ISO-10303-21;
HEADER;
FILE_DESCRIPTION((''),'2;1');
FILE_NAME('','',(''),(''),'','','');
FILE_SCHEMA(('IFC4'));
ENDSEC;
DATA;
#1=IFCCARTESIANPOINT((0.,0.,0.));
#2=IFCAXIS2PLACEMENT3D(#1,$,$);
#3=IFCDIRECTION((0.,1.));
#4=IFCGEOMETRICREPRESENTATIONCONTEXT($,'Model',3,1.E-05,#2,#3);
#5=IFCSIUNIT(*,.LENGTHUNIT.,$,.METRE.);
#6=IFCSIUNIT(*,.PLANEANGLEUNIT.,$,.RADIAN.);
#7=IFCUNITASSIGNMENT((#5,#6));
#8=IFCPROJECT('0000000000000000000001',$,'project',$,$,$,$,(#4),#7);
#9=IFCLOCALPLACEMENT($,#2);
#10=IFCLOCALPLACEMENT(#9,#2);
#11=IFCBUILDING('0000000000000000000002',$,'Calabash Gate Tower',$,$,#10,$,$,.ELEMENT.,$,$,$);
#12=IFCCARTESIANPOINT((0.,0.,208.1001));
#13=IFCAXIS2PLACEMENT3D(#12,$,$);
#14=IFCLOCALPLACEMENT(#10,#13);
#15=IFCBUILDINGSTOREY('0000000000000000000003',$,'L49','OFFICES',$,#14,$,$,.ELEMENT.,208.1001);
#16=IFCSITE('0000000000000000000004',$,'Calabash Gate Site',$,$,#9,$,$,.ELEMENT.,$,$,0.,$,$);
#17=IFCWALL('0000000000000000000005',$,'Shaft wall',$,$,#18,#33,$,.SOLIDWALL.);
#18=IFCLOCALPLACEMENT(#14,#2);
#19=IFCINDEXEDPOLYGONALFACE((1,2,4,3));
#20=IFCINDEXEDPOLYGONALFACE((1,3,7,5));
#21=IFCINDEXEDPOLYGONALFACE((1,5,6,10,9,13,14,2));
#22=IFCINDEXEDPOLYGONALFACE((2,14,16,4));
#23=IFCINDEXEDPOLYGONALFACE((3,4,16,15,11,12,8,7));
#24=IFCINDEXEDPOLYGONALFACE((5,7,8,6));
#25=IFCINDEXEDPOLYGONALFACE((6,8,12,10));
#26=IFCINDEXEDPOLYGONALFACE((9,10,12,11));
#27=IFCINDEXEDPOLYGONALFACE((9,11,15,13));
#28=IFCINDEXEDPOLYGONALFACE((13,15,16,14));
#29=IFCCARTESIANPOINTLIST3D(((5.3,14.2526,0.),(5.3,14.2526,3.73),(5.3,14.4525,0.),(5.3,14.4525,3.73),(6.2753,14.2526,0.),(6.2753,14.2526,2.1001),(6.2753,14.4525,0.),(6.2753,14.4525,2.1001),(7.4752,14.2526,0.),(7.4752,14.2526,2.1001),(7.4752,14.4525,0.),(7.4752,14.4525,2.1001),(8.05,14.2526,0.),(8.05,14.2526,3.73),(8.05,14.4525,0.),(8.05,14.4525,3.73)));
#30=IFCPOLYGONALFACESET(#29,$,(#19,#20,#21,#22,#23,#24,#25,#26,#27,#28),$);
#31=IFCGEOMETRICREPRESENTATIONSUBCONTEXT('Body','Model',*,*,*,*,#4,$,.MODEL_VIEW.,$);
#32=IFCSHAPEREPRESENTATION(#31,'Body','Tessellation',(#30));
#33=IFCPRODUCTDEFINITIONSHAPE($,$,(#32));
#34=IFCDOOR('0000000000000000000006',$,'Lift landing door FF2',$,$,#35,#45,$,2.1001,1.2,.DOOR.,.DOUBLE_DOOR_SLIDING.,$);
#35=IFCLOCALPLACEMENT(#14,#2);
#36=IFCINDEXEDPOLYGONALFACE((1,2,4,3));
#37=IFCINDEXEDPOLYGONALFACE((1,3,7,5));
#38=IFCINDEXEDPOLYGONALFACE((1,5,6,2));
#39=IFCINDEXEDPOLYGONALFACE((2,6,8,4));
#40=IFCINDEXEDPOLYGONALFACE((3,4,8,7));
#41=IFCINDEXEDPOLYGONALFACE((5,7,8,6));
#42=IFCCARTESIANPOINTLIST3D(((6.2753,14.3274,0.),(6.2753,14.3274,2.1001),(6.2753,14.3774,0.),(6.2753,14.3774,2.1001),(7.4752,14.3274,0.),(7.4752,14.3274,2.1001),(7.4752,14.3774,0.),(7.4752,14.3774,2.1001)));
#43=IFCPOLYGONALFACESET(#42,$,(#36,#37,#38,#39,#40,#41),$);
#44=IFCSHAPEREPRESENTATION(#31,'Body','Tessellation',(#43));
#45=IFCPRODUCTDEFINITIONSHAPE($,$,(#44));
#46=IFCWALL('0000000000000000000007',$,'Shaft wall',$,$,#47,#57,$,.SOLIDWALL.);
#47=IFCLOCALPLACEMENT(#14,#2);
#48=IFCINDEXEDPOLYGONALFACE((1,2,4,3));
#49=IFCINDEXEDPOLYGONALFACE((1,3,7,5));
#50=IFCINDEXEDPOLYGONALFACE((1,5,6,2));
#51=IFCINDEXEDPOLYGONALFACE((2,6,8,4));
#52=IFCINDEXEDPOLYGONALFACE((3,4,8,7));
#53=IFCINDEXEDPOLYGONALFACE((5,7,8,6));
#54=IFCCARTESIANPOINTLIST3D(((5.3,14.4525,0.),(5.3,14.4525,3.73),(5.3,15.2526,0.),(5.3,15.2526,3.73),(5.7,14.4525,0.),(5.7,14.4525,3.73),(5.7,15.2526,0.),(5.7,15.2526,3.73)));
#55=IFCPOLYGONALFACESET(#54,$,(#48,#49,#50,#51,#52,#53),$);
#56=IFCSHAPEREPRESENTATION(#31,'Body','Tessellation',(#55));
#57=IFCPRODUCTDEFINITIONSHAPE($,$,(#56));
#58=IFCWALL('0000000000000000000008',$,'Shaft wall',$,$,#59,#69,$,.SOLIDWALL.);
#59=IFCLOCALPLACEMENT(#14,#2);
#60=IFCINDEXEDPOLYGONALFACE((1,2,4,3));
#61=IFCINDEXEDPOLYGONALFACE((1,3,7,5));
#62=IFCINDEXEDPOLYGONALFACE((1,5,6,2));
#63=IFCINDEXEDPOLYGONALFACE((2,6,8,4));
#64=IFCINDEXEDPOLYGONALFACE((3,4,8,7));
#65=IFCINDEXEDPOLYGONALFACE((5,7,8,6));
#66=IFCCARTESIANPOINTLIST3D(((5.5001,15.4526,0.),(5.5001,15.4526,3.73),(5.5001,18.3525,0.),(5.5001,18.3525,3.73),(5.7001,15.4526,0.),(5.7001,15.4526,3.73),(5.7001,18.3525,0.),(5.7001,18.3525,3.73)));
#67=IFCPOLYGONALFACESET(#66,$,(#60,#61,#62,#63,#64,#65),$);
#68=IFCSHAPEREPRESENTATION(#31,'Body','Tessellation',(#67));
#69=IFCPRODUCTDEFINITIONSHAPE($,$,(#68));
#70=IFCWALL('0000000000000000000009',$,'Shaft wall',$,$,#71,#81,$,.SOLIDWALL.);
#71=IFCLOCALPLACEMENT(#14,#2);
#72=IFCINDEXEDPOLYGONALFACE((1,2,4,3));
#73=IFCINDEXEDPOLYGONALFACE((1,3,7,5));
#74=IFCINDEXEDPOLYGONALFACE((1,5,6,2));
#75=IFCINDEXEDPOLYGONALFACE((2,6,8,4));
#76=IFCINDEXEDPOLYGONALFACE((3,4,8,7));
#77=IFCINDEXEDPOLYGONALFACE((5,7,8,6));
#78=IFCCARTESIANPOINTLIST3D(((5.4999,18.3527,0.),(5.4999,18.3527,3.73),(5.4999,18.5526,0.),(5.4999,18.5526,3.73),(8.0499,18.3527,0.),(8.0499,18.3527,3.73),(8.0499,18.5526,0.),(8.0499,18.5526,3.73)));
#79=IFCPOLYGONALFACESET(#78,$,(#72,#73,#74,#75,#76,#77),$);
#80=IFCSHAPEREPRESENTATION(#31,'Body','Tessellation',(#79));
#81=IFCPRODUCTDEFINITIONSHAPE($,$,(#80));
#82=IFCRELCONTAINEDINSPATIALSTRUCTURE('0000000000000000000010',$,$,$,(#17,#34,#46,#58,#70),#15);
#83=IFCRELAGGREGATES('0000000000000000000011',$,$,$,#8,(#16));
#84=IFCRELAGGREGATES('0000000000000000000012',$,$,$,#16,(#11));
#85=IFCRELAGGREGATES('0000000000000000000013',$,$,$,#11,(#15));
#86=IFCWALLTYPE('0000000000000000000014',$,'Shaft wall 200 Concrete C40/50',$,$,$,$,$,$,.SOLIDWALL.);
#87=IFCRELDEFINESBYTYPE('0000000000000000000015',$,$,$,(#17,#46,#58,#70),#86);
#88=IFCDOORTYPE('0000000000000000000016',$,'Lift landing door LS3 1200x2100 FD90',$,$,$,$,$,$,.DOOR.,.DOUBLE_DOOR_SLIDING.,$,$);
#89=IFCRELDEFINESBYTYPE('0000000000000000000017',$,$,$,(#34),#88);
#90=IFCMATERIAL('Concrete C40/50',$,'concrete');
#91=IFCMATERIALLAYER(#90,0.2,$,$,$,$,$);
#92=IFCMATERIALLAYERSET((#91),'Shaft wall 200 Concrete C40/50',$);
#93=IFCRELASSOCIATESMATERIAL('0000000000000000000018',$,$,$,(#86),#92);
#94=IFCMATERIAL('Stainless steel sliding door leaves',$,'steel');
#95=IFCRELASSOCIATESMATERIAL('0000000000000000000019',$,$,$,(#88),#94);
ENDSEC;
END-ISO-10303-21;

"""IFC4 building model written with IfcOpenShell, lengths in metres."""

from ifc_helpers import new_model, si_unit, direction, frame, frame_2d, origin, place, context, subcontext, project, spatial, rectangle, extrude, material, layer, layer_set, type_object, element, fill, save


model = new_model("IFC4")

# Units and contexts
model_context = context("Model", 3, precision=1e-05, world=origin(), true_north=direction((0.0, 1.0)))
body_context = subcontext(model_context, "Body", "Model", "MODEL_VIEW")
ifc_project = project(units=[si_unit("LENGTHUNIT", "METRE"), si_unit("PLANEANGLEUNIT", "RADIAN")], contexts=[model_context])

# Site, building, storey
site_placement = place(None, origin())
site = spatial("IfcSite", under=ifc_project, at=site_placement, Name="Calabash Gate Site", CompositionType="ELEMENT", RefElevation=0.0)
building_placement = place(site_placement, origin())
building = spatial("IfcBuilding", under=site, at=building_placement, Name="Calabash Gate Tower", CompositionType="ELEMENT")
storey_placement = place(building_placement, frame((0.0, 0.0, 208.1001)))
storey = spatial("IfcBuildingStorey", under=building, at=storey_placement, Name="L49", Description="OFFICES", CompositionType="ELEMENT", Elevation=208.1001)

# Shared definitions
ifc_material_1 = material(Name="Concrete C40/50", Category="concrete")
ifc_layer_1 = layer(ifc_material_1, 0.2)
ifc_layer_set_1 = layer_set([ifc_layer_1], Name="Shaft wall 200 Concrete C40/50")
wall_type_1 = type_object("IfcWallType", Name="Shaft wall 200 Concrete C40/50", PredefinedType="SOLIDWALL", material=ifc_layer_set_1)

# Wall, opening, door
wall_1_placement = place(storey_placement, frame((5.3, 14.3525, 0.0), z_axis=(0.0, 0.0, 1.0), x_axis=(1.0, 0.0, 0.0)))
wall_1 = element("IfcWall", 1, at=wall_1_placement, inside=storey, type_object=wall_type_1, Name="Shaft wall", PredefinedType="SOLIDWALL", context=body_context, shape_type="SweptSolid", body=[
    extrude(rectangle(XDim=2.75, YDim=0.2, at=frame_2d((1.375, 0.0))), origin(), (0.0, 0.0, 1.0), 3.73),
])
opening_1_placement = place(wall_1_placement, frame((0.9751, 0.0, 0.0)))
opening_1 = element("IfcOpeningElement", 2, at=opening_1_placement, cuts=wall_1, PredefinedType="OPENING", context=body_context, shape_type="SweptSolid", body=[
    extrude(rectangle(XDim=1.2, YDim=2.1001, at=frame_2d((0.6001, 1.05))), frame((0.0, 0.1099, 0.0), z_axis=(0.0, -1.0, 0.0), x_axis=(1.0, 0.0, 0.0)), (0.0, 0.0, 1.0), 0.22),
])
ifc_material_2 = material(Name="Stainless steel sliding door leaves", Category="steel")
door_type_1 = type_object("IfcDoorType", Name="Lift landing door LS3 1200x2100 FD90", OperationType="DOUBLE_DOOR_SLIDING", PredefinedType="DOOR", material=ifc_material_2)
door_1_placement = place(opening_1_placement, origin())
door_1 = element("IfcDoor", 3, at=door_1_placement, inside=storey, type_object=door_type_1, Name="Lift landing door FF2", OperationType="DOUBLE_DOOR_SLIDING", OverallHeight=2.1001, OverallWidth=1.2, PredefinedType="DOOR", context=body_context, shape_type="SweptSolid", body=[
    extrude(rectangle(XDim=1.2, YDim=2.1001, at=frame_2d((0.6001, 1.05))), frame((0.0, 0.0249, 0.0), z_axis=(0.0, -1.0, 0.0), x_axis=(1.0, 0.0, 0.0)), (0.0, 0.0, 1.0), 0.05),
])
fill(opening_1, door_1)

# Walls
wall_2_placement = place(storey_placement, frame((5.5, 14.4526, 0.0), z_axis=(0.0, 0.0, 1.0), x_axis=(0.0, 1.0, 0.0)))
element("IfcWall", 4, at=wall_2_placement, inside=storey, type_object=wall_type_1, Name="Shaft wall", PredefinedType="SOLIDWALL", context=body_context, shape_type="SweptSolid", body=[
    extrude(rectangle(XDim=0.8, YDim=0.3999, at=frame_2d((0.3999, 0.0))), origin(), (0.0, 0.0, 1.0), 3.73),
])
wall_3_placement = place(storey_placement, frame((5.6001, 15.4526, 0.0), z_axis=(0.0, 0.0, 1.0), x_axis=(0.0, 1.0, 0.0)))
element("IfcWall", 5, at=wall_3_placement, inside=storey, type_object=wall_type_1, Name="Shaft wall", PredefinedType="SOLIDWALL", context=body_context, shape_type="SweptSolid", body=[
    extrude(rectangle(XDim=2.8999, YDim=0.2, at=frame_2d((1.45, 0.0))), origin(), (0.0, 0.0, 1.0), 3.73),
])
wall_4_placement = place(storey_placement, frame((5.5, 18.4526, 0.0), z_axis=(0.0, 0.0, 1.0), x_axis=(1.0, 0.0, 0.0)))
element("IfcWall", 6, at=wall_4_placement, inside=storey, type_object=wall_type_1, Name="Shaft wall", PredefinedType="SOLIDWALL", context=body_context, shape_type="SweptSolid", body=[
    extrude(rectangle(XDim=2.55, YDim=0.2, at=frame_2d((1.2749, 0.0))), origin(), (0.0, 0.0, 1.0), 3.73),
])

save(model, "model.ifc")
